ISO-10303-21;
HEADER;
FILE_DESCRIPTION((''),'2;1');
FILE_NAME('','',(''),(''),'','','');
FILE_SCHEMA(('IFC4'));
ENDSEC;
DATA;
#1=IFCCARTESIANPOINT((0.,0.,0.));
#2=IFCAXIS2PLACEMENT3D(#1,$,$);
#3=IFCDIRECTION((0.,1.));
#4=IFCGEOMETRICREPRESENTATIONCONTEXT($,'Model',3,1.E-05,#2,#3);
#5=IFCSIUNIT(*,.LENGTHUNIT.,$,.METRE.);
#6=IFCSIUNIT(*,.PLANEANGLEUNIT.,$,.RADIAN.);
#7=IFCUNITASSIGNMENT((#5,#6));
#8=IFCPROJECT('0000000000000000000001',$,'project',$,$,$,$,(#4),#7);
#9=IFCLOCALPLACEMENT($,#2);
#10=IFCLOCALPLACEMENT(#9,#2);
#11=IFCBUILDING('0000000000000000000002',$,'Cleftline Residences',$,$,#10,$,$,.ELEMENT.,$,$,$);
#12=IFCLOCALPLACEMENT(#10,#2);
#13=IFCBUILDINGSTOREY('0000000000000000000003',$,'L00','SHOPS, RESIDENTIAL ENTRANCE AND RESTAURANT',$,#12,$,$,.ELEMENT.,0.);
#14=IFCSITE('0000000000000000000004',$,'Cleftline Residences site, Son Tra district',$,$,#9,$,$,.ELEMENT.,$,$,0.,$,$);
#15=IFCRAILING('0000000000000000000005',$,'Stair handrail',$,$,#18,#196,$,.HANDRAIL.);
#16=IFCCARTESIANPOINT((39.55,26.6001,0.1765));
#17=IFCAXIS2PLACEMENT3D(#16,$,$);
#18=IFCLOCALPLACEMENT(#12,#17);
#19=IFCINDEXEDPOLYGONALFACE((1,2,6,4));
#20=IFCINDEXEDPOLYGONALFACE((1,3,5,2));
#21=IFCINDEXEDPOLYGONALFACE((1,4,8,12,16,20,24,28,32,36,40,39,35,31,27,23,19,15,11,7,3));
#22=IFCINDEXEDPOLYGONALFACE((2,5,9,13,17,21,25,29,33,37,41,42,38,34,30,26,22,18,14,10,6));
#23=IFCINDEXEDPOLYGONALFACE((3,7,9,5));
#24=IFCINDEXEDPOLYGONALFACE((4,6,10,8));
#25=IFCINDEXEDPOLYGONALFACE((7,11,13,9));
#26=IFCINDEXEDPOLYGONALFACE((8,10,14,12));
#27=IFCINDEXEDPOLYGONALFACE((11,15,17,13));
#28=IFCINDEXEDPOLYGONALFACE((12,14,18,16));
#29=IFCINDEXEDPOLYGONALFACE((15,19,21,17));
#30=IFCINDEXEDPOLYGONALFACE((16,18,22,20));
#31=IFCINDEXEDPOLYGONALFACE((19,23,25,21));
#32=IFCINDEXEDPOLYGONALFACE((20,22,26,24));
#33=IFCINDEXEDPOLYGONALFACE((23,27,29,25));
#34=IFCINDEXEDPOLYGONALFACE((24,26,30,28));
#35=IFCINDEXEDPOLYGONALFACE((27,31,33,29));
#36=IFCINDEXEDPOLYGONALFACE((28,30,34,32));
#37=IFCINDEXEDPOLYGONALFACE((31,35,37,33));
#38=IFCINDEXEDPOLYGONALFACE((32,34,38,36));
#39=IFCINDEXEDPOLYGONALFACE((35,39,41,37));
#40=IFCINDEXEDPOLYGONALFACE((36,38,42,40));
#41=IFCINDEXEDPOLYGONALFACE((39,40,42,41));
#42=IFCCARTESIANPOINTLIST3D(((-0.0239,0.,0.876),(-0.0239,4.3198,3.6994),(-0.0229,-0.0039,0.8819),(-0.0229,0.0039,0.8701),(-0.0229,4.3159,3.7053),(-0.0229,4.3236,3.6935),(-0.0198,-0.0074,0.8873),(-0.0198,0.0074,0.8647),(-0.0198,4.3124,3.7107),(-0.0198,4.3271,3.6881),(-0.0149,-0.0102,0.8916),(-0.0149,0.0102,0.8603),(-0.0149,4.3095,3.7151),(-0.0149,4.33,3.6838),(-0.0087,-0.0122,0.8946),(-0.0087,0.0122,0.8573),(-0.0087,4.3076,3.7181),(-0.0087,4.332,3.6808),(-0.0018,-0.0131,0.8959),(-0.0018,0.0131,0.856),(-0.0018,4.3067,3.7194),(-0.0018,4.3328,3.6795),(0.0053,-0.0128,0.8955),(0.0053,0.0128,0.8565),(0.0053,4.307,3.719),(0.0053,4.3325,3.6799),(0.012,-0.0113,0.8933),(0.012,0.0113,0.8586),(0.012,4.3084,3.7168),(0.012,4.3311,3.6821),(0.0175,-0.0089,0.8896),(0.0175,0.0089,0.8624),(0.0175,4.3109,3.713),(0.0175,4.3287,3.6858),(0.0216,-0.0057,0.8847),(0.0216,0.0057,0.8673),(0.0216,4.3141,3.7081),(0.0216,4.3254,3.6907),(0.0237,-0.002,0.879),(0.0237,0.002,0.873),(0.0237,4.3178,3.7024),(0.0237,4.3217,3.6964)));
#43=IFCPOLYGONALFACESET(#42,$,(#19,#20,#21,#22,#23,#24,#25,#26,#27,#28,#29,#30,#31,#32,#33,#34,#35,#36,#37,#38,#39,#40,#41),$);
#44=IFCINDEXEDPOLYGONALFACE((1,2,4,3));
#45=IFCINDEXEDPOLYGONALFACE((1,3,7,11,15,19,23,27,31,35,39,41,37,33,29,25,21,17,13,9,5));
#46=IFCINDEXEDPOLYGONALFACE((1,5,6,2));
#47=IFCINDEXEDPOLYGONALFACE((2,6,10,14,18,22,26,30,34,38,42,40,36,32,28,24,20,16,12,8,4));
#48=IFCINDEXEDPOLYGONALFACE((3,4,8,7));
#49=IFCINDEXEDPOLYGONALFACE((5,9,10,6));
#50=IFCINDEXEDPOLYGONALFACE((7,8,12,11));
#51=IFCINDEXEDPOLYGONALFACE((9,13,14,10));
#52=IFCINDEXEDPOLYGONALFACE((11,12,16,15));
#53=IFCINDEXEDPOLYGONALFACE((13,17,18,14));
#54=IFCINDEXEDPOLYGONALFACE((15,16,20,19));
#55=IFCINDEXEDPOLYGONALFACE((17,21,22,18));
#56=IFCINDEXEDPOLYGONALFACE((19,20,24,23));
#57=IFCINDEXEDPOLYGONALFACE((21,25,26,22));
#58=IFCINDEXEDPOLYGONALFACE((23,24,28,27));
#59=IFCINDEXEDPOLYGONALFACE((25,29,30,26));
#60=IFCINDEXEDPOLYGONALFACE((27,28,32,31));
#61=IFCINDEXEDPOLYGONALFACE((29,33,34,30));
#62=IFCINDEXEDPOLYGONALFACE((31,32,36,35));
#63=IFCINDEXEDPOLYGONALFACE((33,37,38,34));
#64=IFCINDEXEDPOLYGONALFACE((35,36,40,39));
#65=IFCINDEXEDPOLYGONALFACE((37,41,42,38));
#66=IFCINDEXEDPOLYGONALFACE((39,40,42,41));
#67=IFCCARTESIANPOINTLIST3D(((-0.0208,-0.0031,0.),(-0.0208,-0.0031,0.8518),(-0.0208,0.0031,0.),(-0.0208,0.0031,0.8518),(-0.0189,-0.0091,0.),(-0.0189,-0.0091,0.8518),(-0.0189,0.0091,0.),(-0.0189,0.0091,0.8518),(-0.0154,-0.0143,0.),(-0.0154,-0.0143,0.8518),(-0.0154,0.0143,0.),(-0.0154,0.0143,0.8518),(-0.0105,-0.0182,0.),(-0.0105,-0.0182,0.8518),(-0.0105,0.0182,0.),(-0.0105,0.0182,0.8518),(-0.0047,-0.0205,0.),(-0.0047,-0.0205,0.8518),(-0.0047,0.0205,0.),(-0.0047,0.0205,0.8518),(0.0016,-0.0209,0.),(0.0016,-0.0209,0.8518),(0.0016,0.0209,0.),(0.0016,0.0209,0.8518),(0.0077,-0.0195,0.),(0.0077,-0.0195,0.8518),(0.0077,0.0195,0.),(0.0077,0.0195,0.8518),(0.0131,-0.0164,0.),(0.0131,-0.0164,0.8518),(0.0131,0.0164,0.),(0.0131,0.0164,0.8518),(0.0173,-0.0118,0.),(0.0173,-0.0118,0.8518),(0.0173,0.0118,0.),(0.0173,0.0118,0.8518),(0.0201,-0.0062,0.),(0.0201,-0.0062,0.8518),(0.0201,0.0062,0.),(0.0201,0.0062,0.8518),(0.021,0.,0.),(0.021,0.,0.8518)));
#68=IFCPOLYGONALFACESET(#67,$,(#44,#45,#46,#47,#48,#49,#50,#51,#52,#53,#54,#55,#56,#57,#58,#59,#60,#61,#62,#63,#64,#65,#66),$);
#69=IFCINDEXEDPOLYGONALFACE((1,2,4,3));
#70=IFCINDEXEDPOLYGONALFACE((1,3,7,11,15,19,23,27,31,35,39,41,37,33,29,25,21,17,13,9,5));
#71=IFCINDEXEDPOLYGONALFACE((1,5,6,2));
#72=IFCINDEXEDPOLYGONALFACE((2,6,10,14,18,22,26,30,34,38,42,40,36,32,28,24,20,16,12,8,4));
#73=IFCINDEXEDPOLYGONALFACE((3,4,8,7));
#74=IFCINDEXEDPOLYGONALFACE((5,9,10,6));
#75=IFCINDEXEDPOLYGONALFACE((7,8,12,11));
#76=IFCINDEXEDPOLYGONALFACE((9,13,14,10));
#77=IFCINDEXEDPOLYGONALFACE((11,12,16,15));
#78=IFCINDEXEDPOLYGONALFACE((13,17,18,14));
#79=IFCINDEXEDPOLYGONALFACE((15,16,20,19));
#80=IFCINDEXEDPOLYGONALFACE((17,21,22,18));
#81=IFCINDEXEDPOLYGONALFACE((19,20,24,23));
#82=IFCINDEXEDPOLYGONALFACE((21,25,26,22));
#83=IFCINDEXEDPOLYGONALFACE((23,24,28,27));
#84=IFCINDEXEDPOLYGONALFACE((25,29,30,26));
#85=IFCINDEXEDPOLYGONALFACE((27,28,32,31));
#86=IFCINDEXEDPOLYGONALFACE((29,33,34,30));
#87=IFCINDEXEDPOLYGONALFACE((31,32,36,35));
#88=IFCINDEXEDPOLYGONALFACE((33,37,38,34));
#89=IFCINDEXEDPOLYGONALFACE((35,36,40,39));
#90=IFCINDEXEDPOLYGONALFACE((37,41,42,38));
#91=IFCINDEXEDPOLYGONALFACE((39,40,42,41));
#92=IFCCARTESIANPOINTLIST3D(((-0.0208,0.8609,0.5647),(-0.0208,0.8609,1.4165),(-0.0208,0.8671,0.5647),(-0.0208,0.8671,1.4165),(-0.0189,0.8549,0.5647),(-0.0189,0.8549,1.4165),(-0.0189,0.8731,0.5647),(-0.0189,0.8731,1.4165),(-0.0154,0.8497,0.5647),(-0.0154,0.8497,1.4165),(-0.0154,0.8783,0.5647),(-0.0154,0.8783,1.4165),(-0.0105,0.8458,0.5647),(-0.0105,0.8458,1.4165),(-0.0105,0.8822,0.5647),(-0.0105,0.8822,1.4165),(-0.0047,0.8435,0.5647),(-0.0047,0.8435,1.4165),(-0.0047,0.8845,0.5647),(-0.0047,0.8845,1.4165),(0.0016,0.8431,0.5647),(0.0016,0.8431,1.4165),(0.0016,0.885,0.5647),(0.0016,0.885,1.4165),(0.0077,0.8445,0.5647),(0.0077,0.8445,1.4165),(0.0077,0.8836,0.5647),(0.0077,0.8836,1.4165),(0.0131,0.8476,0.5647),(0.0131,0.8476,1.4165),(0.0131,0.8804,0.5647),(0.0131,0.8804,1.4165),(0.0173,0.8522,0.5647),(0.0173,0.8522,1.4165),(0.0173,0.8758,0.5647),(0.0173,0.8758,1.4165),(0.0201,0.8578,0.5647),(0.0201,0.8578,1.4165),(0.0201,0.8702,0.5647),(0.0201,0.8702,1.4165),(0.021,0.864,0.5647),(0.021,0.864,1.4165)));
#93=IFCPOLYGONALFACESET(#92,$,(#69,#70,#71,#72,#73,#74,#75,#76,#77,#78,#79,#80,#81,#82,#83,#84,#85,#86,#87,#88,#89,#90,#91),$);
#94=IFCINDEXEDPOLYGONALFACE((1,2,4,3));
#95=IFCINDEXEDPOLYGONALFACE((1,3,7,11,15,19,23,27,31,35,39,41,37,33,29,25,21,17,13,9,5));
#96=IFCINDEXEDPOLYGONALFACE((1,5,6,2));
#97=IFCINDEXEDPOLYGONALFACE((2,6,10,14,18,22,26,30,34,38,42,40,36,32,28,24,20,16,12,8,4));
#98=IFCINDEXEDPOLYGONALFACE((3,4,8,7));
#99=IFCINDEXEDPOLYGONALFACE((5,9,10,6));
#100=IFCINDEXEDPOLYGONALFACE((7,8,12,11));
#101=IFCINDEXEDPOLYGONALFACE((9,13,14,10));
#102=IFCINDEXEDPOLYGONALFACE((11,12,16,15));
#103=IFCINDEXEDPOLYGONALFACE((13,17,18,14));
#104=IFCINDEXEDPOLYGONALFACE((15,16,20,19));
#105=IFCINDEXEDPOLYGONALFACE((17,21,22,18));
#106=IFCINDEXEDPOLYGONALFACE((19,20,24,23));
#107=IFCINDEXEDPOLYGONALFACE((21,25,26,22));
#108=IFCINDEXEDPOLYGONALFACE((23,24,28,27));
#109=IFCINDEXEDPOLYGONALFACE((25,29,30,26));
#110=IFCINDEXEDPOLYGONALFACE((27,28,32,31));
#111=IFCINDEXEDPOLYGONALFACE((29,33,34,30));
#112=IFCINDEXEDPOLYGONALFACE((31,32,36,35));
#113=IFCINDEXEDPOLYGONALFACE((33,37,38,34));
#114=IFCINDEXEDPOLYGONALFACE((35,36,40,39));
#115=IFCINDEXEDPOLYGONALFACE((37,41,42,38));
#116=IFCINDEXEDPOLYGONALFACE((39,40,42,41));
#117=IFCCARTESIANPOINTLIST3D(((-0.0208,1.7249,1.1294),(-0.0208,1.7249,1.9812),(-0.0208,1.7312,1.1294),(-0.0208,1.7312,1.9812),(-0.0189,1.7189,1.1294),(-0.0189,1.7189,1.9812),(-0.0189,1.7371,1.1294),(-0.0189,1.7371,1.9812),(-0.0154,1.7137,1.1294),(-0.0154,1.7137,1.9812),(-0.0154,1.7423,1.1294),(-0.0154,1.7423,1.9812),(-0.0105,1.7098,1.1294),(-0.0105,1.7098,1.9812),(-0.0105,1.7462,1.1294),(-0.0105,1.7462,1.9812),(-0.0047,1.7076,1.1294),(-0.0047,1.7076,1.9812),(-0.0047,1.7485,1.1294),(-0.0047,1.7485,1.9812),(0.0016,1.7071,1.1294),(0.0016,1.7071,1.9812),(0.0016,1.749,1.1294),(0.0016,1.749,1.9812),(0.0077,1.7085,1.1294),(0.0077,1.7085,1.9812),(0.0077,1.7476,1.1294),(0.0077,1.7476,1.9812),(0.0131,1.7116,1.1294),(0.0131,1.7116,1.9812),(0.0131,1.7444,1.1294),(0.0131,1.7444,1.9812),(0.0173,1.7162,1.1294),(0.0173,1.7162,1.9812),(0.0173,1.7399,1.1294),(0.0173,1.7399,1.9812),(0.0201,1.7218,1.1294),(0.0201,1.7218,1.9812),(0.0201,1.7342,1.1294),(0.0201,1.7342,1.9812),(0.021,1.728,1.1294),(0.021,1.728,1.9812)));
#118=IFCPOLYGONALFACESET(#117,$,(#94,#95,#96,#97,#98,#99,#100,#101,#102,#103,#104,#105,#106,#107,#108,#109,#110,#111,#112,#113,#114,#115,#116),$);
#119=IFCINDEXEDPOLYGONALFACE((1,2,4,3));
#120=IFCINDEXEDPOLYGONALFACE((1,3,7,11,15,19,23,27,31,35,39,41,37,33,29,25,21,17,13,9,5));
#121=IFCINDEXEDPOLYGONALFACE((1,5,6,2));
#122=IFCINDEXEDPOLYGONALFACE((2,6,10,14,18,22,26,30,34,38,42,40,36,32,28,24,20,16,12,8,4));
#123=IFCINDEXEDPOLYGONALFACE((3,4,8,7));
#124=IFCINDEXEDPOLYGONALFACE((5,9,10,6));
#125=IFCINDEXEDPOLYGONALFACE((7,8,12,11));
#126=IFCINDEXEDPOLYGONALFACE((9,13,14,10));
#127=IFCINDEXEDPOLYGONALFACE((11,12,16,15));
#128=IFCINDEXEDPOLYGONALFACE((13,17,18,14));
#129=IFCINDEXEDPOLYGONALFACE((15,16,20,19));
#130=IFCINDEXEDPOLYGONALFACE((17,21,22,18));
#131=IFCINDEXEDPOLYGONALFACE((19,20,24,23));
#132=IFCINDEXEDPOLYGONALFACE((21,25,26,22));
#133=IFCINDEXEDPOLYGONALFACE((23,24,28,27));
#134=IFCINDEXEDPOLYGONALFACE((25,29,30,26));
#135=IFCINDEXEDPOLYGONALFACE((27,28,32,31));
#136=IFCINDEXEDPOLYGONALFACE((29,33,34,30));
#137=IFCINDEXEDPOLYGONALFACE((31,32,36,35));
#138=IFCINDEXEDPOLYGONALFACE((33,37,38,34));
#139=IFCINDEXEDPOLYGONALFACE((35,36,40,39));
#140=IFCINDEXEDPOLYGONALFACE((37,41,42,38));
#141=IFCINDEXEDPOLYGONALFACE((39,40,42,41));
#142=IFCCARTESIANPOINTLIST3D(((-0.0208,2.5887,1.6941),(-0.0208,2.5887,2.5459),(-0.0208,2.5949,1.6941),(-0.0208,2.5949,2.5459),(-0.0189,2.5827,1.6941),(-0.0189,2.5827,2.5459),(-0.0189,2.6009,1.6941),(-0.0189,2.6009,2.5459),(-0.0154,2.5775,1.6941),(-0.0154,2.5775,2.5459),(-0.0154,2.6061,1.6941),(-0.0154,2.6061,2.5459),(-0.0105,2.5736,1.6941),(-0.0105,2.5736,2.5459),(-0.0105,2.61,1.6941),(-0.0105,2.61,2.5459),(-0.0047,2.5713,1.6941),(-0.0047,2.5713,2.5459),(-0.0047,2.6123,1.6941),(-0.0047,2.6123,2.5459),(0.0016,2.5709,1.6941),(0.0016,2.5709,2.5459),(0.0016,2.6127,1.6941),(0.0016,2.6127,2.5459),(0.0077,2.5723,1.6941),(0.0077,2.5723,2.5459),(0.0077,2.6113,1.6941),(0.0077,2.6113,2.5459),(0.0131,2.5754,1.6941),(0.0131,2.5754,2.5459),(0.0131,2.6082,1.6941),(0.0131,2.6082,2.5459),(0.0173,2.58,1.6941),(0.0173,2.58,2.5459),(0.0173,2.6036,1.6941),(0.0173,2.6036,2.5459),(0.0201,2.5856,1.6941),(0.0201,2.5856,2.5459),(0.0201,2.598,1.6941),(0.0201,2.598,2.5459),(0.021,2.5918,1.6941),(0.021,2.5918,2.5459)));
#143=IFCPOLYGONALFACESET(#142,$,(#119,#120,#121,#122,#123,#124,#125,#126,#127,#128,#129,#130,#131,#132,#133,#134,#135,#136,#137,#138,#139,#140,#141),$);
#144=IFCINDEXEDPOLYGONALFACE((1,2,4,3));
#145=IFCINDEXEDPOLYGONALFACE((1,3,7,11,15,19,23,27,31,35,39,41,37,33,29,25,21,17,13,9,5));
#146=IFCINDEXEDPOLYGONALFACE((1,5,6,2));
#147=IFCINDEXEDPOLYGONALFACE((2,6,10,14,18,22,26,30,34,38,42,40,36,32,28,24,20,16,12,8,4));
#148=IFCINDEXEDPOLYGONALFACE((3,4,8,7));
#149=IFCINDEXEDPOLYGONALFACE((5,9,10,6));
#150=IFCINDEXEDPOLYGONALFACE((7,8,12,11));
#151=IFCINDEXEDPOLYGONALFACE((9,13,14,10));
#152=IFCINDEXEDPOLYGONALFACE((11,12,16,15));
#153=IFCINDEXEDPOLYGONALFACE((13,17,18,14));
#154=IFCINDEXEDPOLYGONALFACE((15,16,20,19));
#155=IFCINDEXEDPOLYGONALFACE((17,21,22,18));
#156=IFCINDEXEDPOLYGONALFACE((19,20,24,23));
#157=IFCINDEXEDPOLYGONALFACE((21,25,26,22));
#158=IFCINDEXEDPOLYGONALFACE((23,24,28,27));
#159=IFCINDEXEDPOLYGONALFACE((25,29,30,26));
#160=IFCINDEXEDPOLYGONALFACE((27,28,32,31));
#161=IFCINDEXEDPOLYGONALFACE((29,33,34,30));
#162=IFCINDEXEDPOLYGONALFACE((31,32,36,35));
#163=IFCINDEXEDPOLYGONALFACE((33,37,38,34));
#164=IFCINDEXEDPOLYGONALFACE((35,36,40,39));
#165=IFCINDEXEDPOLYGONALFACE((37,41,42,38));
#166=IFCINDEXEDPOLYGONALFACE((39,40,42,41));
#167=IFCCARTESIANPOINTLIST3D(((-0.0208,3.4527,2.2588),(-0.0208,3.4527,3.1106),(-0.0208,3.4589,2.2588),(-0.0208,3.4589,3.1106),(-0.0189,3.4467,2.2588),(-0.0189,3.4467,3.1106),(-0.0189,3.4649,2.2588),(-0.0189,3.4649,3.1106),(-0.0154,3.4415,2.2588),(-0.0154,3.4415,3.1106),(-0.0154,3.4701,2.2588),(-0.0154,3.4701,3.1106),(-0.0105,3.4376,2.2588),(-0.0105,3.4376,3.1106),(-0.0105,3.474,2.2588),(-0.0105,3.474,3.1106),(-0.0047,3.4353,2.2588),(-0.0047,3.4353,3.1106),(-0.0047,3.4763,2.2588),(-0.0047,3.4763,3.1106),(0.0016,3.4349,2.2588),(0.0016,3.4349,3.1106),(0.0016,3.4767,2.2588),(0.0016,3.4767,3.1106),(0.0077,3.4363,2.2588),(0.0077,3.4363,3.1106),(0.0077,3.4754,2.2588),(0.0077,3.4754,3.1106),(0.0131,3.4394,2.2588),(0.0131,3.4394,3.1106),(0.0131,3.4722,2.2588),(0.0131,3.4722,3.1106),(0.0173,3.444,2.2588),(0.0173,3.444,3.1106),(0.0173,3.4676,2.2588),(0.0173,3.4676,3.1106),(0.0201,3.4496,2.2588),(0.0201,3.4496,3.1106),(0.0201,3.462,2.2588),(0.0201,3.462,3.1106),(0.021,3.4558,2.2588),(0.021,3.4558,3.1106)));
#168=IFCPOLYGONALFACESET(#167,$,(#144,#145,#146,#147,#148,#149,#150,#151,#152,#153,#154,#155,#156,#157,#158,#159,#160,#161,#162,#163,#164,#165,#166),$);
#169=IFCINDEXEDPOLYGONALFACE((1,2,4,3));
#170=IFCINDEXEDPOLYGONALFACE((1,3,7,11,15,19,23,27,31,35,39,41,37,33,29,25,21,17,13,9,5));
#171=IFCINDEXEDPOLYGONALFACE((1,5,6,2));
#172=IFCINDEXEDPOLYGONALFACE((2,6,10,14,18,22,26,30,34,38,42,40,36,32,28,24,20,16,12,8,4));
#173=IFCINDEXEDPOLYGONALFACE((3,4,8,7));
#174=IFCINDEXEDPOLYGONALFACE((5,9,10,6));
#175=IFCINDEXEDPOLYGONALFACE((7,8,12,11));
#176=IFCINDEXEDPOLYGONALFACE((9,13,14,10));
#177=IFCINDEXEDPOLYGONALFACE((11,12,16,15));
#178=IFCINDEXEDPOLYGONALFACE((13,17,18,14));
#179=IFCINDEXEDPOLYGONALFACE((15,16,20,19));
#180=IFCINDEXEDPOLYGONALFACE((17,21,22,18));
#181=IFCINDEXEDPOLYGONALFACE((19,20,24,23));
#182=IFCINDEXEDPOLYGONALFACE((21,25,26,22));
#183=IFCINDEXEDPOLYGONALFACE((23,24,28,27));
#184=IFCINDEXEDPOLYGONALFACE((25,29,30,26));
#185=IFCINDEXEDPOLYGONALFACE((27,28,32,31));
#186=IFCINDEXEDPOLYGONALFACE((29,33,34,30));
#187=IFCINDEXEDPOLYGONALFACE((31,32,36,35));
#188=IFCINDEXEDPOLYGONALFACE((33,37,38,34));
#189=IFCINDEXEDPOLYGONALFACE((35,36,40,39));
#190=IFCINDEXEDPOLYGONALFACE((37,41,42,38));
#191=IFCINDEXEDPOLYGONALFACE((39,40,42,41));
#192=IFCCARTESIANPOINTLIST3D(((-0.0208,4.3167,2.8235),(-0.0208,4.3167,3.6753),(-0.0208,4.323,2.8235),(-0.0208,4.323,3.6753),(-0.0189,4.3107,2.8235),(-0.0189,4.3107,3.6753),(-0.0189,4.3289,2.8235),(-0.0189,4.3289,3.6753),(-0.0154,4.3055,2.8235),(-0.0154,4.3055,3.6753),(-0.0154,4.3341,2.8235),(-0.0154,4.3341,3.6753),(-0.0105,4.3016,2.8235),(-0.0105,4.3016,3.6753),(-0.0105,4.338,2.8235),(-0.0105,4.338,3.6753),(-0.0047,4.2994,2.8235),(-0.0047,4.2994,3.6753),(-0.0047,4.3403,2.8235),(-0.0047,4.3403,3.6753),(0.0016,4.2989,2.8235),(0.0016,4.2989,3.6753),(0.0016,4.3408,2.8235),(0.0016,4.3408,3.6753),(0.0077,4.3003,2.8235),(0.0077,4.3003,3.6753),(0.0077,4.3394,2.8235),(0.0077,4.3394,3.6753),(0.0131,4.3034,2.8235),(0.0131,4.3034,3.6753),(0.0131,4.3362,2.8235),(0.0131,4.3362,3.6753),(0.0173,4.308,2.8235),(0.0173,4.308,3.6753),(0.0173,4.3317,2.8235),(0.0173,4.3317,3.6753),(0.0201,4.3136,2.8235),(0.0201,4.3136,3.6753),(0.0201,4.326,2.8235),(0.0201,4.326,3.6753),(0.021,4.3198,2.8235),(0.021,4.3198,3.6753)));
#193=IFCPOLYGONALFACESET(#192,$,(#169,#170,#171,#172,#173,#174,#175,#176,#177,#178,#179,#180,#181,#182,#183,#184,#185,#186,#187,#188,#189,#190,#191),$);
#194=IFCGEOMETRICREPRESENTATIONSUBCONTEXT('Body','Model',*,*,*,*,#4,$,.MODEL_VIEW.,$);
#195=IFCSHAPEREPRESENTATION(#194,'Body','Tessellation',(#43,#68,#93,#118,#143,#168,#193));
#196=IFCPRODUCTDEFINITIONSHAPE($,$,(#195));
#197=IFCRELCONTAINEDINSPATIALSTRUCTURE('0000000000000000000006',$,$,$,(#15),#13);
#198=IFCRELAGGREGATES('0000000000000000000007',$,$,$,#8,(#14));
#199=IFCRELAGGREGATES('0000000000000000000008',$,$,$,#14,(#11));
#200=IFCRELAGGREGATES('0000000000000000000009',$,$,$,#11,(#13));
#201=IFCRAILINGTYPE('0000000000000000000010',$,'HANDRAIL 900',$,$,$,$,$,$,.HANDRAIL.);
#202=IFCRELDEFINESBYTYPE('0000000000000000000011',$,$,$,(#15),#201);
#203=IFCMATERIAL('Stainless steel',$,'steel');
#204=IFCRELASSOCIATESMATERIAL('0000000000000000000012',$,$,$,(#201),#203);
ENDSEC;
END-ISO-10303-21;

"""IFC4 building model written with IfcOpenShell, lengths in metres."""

from ifc_helpers import new_model, si_unit, direction, frame, origin, origin_2d, place, context, subcontext, project, spatial, circle, extrude, material, type_object, element, save


model = new_model("IFC4")

# Units and contexts
model_context = context("Model", 3, precision=1e-05, world=origin(), true_north=direction((0.0, 1.0)))
body_context = subcontext(model_context, "Body", "Model", "MODEL_VIEW")
ifc_project = project(units=[si_unit("LENGTHUNIT", "METRE"), si_unit("PLANEANGLEUNIT", "RADIAN")], contexts=[model_context])

# Site, building, storey
site_placement = place(None, origin())
site = spatial("IfcSite", under=ifc_project, at=site_placement, Name="Cleftline Residences site, Son Tra district", CompositionType="ELEMENT", RefElevation=0.0)
building_placement = place(site_placement, origin())
building = spatial("IfcBuilding", under=site, at=building_placement, Name="Cleftline Residences", CompositionType="ELEMENT")
storey_placement = place(building_placement, origin())
storey = spatial("IfcBuildingStorey", under=building, at=storey_placement, Name="L00", Description="SHOPS, RESIDENTIAL ENTRANCE AND RESTAURANT", CompositionType="ELEMENT", Elevation=0.0)

# Railing
ifc_material_1 = material(Name="Stainless steel", Category="steel")
railing_type = type_object("IfcRailingType", Name="HANDRAIL 900", PredefinedType="HANDRAIL", material=ifc_material_1)
railing_1_placement = place(storey_placement, frame((39.55, 26.6001, 0.1765)))
element("IfcRailing", 1, at=railing_1_placement, inside=storey, type_object=railing_type, Name="Stair handrail", PredefinedType="HANDRAIL", context=body_context, shape_type="SweptSolid", body=[
    extrude(circle(Radius=0.0239, at=origin_2d()), frame((0.0, 0.0, 0.876), z_axis=(0.0, 0.83706, 0.547112), x_axis=(-1.0, 0.0, 0.0)), (0.0, 0.0, 1.0), 5.1606),
    extrude(circle(Radius=0.021, at=origin_2d()), origin(), (0.0, 0.0, 1.0), 0.8518),
    extrude(circle(Radius=0.021, at=origin_2d()), frame((0.0, 0.864, 0.5647)), (0.0, 0.0, 1.0), 0.8518),
    extrude(circle(Radius=0.021, at=origin_2d()), frame((0.0, 1.728, 1.1294)), (0.0, 0.0, 1.0), 0.8518),
    extrude(circle(Radius=0.021, at=origin_2d()), frame((0.0, 2.5918, 1.6941)), (0.0, 0.0, 1.0), 0.8518),
    extrude(circle(Radius=0.021, at=origin_2d()), frame((0.0, 3.4558, 2.2588)), (0.0, 0.0, 1.0), 0.8518),
    extrude(circle(Radius=0.021, at=origin_2d()), frame((0.0, 4.3198, 2.8235)), (0.0, 0.0, 1.0), 0.8518),
])

save(model, "model.ifc")
